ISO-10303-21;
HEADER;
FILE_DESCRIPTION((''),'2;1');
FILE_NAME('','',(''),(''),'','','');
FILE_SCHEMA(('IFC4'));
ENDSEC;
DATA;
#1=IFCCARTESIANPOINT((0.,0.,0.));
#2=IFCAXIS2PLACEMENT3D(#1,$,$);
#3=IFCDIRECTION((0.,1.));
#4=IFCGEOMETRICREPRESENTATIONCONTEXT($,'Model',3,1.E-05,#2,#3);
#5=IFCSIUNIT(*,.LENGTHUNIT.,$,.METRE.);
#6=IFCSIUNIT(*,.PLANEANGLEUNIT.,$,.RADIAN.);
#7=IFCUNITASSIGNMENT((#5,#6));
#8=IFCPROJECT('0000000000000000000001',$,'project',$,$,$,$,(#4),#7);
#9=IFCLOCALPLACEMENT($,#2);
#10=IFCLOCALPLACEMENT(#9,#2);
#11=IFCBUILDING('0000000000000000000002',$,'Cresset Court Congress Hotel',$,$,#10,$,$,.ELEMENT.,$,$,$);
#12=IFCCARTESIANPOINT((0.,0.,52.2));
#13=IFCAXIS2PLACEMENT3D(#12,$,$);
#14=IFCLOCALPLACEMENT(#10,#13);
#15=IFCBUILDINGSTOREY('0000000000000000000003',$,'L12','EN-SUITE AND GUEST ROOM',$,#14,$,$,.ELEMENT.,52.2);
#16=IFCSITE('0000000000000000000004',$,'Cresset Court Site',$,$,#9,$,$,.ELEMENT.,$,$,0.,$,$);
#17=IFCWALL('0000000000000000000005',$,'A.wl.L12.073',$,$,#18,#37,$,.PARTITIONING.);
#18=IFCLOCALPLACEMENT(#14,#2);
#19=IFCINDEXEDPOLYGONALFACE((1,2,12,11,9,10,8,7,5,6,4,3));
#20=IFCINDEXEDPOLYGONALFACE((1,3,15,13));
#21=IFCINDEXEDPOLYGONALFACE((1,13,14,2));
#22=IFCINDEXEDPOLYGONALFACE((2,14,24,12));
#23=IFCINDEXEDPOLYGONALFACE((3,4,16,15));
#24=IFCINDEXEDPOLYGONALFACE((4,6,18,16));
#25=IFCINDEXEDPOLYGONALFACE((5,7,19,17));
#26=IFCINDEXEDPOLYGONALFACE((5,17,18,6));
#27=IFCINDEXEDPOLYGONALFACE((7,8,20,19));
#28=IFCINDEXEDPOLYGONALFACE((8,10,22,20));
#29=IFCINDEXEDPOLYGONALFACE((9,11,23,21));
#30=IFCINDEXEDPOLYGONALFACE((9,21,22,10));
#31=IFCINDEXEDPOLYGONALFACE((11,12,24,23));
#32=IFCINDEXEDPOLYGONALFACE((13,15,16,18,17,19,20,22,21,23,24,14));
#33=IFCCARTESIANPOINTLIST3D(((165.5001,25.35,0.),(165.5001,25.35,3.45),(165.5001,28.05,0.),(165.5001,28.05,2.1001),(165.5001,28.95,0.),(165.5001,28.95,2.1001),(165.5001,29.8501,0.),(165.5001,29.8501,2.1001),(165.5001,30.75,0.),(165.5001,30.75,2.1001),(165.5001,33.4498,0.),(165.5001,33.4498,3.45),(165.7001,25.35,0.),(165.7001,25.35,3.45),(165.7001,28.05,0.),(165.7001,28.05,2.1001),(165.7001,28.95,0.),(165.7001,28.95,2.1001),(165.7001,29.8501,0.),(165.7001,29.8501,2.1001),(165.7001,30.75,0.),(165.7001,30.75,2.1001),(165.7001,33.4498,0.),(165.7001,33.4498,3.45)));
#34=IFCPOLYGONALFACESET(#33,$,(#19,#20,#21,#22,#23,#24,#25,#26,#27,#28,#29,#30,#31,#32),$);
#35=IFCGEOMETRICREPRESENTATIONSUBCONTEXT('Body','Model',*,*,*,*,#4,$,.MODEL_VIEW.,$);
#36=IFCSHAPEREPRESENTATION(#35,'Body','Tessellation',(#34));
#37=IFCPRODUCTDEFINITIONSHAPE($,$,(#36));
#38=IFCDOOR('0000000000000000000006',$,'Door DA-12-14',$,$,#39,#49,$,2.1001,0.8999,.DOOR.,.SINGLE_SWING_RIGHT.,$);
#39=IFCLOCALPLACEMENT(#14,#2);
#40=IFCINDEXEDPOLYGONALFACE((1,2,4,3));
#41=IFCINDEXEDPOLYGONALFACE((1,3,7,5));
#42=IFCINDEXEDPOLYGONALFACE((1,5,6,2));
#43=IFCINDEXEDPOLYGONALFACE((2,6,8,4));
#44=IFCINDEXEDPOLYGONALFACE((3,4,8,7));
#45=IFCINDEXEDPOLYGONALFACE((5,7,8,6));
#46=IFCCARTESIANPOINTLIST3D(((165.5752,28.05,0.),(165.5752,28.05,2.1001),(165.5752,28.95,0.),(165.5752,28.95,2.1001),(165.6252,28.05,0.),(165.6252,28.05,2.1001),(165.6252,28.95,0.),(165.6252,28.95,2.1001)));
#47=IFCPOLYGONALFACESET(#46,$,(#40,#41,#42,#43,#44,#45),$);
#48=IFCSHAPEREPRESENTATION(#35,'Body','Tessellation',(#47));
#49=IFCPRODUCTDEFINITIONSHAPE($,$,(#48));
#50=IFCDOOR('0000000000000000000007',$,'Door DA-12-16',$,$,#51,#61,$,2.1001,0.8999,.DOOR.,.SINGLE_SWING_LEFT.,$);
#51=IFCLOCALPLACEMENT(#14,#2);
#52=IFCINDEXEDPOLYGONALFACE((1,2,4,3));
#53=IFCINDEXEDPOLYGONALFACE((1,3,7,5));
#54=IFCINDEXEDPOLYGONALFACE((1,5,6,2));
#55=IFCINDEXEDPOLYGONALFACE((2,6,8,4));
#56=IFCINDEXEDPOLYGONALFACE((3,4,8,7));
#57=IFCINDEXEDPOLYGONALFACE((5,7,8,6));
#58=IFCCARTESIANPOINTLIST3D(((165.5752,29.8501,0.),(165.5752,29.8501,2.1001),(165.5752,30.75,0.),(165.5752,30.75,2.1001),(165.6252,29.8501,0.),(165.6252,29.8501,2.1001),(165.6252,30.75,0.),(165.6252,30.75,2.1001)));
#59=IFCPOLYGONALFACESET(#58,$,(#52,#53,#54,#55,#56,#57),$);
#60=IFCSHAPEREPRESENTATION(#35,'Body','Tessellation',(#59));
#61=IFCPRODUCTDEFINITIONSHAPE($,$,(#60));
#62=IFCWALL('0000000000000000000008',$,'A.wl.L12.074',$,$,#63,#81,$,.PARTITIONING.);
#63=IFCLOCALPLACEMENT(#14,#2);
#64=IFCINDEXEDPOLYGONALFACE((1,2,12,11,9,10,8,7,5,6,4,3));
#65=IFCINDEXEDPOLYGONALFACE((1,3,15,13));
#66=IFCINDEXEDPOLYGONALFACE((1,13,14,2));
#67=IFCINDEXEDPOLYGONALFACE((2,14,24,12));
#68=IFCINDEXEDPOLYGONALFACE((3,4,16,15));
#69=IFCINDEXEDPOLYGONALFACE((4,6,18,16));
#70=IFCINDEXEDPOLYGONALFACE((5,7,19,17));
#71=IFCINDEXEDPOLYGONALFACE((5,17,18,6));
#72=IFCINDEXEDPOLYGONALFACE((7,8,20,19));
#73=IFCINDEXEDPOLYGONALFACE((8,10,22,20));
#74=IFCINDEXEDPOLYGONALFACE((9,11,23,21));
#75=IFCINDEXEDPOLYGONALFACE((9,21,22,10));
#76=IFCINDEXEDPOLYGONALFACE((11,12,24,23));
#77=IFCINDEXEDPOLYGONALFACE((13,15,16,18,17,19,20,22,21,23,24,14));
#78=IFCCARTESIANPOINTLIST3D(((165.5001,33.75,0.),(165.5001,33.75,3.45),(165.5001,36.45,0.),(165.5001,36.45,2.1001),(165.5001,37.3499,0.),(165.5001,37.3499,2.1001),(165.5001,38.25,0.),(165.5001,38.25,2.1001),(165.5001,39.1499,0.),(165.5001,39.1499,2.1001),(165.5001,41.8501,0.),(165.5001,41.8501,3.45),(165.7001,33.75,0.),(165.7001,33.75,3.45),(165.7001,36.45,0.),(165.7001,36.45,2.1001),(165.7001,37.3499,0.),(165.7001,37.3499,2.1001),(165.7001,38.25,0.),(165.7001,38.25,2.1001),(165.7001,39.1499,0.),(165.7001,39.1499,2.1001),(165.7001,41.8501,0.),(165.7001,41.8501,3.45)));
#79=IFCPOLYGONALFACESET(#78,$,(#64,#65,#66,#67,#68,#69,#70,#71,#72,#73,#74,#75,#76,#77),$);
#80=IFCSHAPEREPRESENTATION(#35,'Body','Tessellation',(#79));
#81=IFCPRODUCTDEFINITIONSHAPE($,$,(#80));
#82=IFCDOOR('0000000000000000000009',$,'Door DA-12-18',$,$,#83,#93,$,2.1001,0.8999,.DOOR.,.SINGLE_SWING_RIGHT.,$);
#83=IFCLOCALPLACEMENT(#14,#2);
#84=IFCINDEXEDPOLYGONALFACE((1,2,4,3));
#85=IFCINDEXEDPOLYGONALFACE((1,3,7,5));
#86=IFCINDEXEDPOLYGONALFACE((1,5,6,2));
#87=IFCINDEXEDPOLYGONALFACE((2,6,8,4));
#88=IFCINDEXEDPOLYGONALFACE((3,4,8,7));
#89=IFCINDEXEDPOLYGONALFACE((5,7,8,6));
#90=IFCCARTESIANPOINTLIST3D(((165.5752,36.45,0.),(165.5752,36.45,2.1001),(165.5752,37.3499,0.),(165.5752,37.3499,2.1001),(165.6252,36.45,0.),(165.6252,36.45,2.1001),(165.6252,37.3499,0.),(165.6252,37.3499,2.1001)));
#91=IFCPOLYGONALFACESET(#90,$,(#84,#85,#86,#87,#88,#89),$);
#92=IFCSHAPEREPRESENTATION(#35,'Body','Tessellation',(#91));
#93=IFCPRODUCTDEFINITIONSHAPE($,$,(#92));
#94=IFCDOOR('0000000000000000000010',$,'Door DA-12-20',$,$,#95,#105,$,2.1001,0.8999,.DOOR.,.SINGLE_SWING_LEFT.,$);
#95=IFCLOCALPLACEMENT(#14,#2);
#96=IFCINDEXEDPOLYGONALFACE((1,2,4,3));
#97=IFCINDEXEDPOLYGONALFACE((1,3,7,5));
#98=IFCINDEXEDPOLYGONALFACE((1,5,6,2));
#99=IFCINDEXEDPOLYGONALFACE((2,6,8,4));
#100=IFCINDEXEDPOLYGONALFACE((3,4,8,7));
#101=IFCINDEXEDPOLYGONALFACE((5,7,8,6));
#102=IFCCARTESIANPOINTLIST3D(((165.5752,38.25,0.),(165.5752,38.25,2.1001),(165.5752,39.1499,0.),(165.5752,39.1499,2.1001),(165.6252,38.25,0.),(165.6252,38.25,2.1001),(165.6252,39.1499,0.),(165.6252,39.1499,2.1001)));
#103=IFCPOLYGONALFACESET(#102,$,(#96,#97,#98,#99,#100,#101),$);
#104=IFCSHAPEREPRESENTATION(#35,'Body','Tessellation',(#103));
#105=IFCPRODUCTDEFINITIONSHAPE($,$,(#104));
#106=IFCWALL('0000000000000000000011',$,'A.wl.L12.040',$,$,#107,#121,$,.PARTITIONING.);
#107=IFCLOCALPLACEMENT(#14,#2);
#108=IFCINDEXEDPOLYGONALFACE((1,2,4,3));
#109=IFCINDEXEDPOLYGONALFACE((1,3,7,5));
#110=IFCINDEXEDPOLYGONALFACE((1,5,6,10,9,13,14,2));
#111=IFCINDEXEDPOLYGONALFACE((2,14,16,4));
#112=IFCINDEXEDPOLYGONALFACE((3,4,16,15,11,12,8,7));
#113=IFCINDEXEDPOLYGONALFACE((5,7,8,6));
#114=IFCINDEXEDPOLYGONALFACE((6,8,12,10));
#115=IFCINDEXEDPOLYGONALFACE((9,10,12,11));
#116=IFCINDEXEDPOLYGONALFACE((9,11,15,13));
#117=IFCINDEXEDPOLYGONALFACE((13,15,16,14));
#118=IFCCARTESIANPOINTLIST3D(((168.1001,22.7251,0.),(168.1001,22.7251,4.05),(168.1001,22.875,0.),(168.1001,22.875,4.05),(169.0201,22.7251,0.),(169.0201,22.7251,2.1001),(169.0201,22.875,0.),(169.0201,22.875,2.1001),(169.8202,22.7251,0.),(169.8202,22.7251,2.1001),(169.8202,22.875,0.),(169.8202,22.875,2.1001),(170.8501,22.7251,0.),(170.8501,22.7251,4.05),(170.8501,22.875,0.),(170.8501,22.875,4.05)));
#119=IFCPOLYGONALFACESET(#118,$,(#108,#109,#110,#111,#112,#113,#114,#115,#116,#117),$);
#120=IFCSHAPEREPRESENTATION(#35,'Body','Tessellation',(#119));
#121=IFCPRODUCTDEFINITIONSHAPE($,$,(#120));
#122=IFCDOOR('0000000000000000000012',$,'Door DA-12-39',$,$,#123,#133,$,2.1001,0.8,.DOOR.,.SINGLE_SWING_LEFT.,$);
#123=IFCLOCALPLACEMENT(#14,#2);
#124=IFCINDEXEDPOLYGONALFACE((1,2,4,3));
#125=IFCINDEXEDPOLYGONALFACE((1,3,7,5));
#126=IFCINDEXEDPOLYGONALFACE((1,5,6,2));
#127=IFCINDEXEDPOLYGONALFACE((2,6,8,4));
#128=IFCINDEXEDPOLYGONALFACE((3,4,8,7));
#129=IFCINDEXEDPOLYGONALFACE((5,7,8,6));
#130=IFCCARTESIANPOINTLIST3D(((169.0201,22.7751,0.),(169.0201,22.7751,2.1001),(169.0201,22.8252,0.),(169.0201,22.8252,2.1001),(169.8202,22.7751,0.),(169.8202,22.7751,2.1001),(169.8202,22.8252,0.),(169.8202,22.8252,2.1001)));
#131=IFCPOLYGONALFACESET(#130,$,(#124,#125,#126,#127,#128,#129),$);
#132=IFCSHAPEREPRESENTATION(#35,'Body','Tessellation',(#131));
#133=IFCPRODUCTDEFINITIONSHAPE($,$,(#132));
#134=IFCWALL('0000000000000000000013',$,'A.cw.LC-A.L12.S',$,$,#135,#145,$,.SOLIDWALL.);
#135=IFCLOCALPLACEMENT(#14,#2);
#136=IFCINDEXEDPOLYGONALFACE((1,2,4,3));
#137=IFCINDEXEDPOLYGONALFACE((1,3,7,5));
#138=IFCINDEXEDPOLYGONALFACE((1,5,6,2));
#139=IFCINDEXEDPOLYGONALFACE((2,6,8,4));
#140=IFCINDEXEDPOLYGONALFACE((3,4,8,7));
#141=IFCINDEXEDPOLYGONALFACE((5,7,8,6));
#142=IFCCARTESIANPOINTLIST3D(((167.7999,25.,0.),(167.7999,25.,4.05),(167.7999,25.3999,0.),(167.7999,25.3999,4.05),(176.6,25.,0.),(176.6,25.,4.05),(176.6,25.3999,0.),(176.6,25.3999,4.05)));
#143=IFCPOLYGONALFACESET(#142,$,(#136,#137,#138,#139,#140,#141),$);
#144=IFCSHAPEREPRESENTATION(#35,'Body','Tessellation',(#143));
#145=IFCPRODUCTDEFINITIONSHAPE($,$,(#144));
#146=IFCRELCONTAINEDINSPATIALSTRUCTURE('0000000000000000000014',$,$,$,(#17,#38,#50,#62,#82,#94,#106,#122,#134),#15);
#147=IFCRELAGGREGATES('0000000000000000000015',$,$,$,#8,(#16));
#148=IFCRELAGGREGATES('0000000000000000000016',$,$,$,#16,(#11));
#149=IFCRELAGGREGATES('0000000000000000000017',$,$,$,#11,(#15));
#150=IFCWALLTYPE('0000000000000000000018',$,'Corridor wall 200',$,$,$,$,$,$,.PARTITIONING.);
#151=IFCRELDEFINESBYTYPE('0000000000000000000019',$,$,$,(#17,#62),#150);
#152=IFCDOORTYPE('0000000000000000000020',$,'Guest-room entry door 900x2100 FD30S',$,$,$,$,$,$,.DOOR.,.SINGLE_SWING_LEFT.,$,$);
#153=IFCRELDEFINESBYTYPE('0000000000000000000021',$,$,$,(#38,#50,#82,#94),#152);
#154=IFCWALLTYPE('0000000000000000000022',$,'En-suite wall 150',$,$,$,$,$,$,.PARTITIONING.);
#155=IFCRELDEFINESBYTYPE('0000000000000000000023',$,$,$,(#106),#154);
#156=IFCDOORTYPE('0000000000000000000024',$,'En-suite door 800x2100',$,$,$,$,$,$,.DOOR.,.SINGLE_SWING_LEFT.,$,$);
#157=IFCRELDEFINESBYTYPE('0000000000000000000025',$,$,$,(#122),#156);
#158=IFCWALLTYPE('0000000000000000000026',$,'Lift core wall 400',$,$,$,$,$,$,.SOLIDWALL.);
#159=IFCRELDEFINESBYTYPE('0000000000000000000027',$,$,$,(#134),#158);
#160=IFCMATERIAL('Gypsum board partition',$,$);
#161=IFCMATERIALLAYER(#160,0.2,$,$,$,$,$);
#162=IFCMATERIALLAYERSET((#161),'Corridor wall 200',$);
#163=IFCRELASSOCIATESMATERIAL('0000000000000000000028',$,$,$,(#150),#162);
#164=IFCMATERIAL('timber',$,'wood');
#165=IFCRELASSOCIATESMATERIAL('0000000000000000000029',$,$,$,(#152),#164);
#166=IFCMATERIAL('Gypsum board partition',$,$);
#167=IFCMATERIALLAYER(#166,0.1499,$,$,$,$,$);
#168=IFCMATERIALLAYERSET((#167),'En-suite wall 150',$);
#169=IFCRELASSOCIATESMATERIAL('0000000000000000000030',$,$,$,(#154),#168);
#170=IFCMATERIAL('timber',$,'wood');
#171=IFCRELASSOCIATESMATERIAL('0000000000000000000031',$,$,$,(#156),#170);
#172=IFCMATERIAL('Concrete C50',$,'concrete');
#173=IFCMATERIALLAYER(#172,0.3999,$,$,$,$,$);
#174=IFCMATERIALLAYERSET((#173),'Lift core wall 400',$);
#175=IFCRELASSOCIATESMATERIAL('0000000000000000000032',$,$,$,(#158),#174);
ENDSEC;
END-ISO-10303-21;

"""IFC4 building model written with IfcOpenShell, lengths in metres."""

from ifc_helpers import new_model, si_unit, direction, frame, frame_2d, origin, place, context, subcontext, project, spatial, rectangle, extrude, material, layer, layer_set, type_object, element, fill, save


model = new_model("IFC4")

# Units and contexts
model_context = context("Model", 3, precision=1e-05, world=origin(), true_north=direction((0.0, 1.0)))
body_context = subcontext(model_context, "Body", "Model", "MODEL_VIEW")
ifc_project = project(units=[si_unit("LENGTHUNIT", "METRE"), si_unit("PLANEANGLEUNIT", "RADIAN")], contexts=[model_context])

# Site, building, storey
site_placement = place(None, origin())
site = spatial("IfcSite", under=ifc_project, at=site_placement, Name="Cresset Court Site", CompositionType="ELEMENT", RefElevation=0.0)
building_placement = place(site_placement, origin())
building = spatial("IfcBuilding", under=site, at=building_placement, Name="Cresset Court Congress Hotel", CompositionType="ELEMENT")
storey_placement = place(building_placement, frame((0.0, 0.0, 52.2)))
storey = spatial("IfcBuildingStorey", under=building, at=storey_placement, Name="L12", Description="EN-SUITE AND GUEST ROOM", CompositionType="ELEMENT", Elevation=52.2)

# Walls, openings, doors
ifc_material_1 = material(Name="Gypsum board partition")
ifc_layer_1 = layer(ifc_material_1, 0.2)
ifc_layer_set_1 = layer_set([ifc_layer_1], Name="Corridor wall 200")
wall_type_1 = type_object("IfcWallType", Name="Corridor wall 200", PredefinedType="PARTITIONING", material=ifc_layer_set_1)
wall_1_placement = place(storey_placement, frame((165.6001, 25.3501, 0.0), z_axis=(0.0, 0.0, 1.0), x_axis=(0.0, 1.0, 0.0)))
wall_1 = element("IfcWall", 1, at=wall_1_placement, inside=storey, type_object=wall_type_1, Name="A.wl.L12.073", PredefinedType="PARTITIONING", context=body_context, shape_type="SweptSolid", body=[
    extrude(rectangle(XDim=8.0999, YDim=0.2, at=frame_2d((4.0498, 0.0))), origin(), (0.0, 0.0, 1.0), 3.45),
])
opening_1_placement = place(wall_1_placement, frame((2.7, 0.0, 0.0)))
opening_1 = element("IfcOpeningElement", 2, at=opening_1_placement, cuts=wall_1, PredefinedType="OPENING", context=body_context, shape_type="SweptSolid", body=[
    extrude(rectangle(XDim=0.8999, YDim=2.1001, at=frame_2d((0.45, 1.05))), frame((0.0, 0.1099, 0.0), z_axis=(0.0, -1.0, 0.0), x_axis=(1.0, 0.0, 0.0)), (0.0, 0.0, 1.0), 0.22),
])
opening_2_placement = place(wall_1_placement, frame((4.5, 0.0, 0.0)))
opening_2 = element("IfcOpeningElement", 3, at=opening_2_placement, cuts=wall_1, PredefinedType="OPENING", context=body_context, shape_type="SweptSolid", body=[
    extrude(rectangle(XDim=0.8999, YDim=2.1001, at=frame_2d((0.45, 1.05))), frame((0.0, 0.1099, 0.0), z_axis=(0.0, -1.0, 0.0), x_axis=(1.0, 0.0, 0.0)), (0.0, 0.0, 1.0), 0.22),
])
ifc_material_2 = material(Name="timber", Category="wood")
door_type_1 = type_object("IfcDoorType", Name="Guest-room entry door 900x2100 FD30S", OperationType="SINGLE_SWING_LEFT", PredefinedType="DOOR", material=ifc_material_2)
door_1_placement = place(opening_1_placement, origin())
door_1 = element("IfcDoor", 4, at=door_1_placement, inside=storey, type_object=door_type_1, Name="Door DA-12-14", OperationType="SINGLE_SWING_RIGHT", OverallHeight=2.1001, OverallWidth=0.8999, PredefinedType="DOOR", context=body_context, shape_type="SweptSolid", body=[
    extrude(rectangle(XDim=0.8999, YDim=2.1001, at=frame_2d((0.45, 1.05))), frame((0.0, 0.0249, 0.0), z_axis=(0.0, -1.0, 0.0), x_axis=(1.0, 0.0, 0.0)), (0.0, 0.0, 1.0), 0.05),
])
fill(opening_1, door_1)
door_2_placement = place(opening_2_placement, origin())
door_2 = element("IfcDoor", 5, at=door_2_placement, inside=storey, type_object=door_type_1, Name="Door DA-12-16", OperationType="SINGLE_SWING_LEFT", OverallHeight=2.1001, OverallWidth=0.8999, PredefinedType="DOOR", context=body_context, shape_type="SweptSolid", body=[
    extrude(rectangle(XDim=0.8999, YDim=2.1001, at=frame_2d((0.45, 1.05))), frame((0.0, 0.0249, 0.0), z_axis=(0.0, -1.0, 0.0), x_axis=(1.0, 0.0, 0.0)), (0.0, 0.0, 1.0), 0.05),
])
fill(opening_2, door_2)
wall_2_placement = place(storey_placement, frame((165.6001, 33.75, 0.0), z_axis=(0.0, 0.0, 1.0), x_axis=(0.0, 1.0, 0.0)))
wall_2 = element("IfcWall", 6, at=wall_2_placement, inside=storey, type_object=wall_type_1, Name="A.wl.L12.074", PredefinedType="PARTITIONING", context=body_context, shape_type="SweptSolid", body=[
    extrude(rectangle(XDim=8.1001, YDim=0.2, at=frame_2d((4.05, 0.0))), origin(), (0.0, 0.0, 1.0), 3.45),
])
opening_3_placement = place(wall_2_placement, frame((2.7, 0.0, 0.0)))
opening_3 = element("IfcOpeningElement", 7, at=opening_3_placement, cuts=wall_2, PredefinedType="OPENING", context=body_context, shape_type="SweptSolid", body=[
    extrude(rectangle(XDim=0.8999, YDim=2.1001, at=frame_2d((0.45, 1.05))), frame((0.0, 0.1099, 0.0), z_axis=(0.0, -1.0, 0.0), x_axis=(1.0, 0.0, 0.0)), (0.0, 0.0, 1.0), 0.22),
])
opening_4_placement = place(wall_2_placement, frame((4.5, 0.0, 0.0)))
opening_4 = element("IfcOpeningElement", 8, at=opening_4_placement, cuts=wall_2, PredefinedType="OPENING", context=body_context, shape_type="SweptSolid", body=[
    extrude(rectangle(XDim=0.8999, YDim=2.1001, at=frame_2d((0.45, 1.05))), frame((0.0, 0.1099, 0.0), z_axis=(0.0, -1.0, 0.0), x_axis=(1.0, 0.0, 0.0)), (0.0, 0.0, 1.0), 0.22),
])
door_3_placement = place(opening_3_placement, origin())
door_3 = element("IfcDoor", 9, at=door_3_placement, inside=storey, type_object=door_type_1, Name="Door DA-12-18", OperationType="SINGLE_SWING_RIGHT", OverallHeight=2.1001, OverallWidth=0.8999, PredefinedType="DOOR", context=body_context, shape_type="SweptSolid", body=[
    extrude(rectangle(XDim=0.8999, YDim=2.1001, at=frame_2d((0.45, 1.05))), frame((0.0, 0.0249, 0.0), z_axis=(0.0, -1.0, 0.0), x_axis=(1.0, 0.0, 0.0)), (0.0, 0.0, 1.0), 0.05),
])
fill(opening_3, door_3)
door_4_placement = place(opening_4_placement, origin())
door_4 = element("IfcDoor", 10, at=door_4_placement, inside=storey, type_object=door_type_1, Name="Door DA-12-20", OperationType="SINGLE_SWING_LEFT", OverallHeight=2.1001, OverallWidth=0.8999, PredefinedType="DOOR", context=body_context, shape_type="SweptSolid", body=[
    extrude(rectangle(XDim=0.8999, YDim=2.1001, at=frame_2d((0.45, 1.05))), frame((0.0, 0.0249, 0.0), z_axis=(0.0, -1.0, 0.0), x_axis=(1.0, 0.0, 0.0)), (0.0, 0.0, 1.0), 0.05),
])
fill(opening_4, door_4)

# Wall, opening, door
ifc_material_3 = material(Name="Gypsum board partition")
ifc_layer_2 = layer(ifc_material_3, 0.1499)
ifc_layer_set_2 = layer_set([ifc_layer_2], Name="En-suite wall 150")
wall_type_2 = type_object("IfcWallType", Name="En-suite wall 150", PredefinedType="PARTITIONING", material=ifc_layer_set_2)
wall_3_placement = place(storey_placement, frame((170.8501, 22.8, 0.0), z_axis=(0.0, 0.0, 1.0), x_axis=(-1.0, 0.0, 0.0)))
wall_3 = element("IfcWall", 11, at=wall_3_placement, inside=storey, type_object=wall_type_2, Name="A.wl.L12.040", PredefinedType="PARTITIONING", context=body_context, shape_type="SweptSolid", body=[
    extrude(rectangle(XDim=2.75, YDim=0.1499, at=frame_2d((1.375, 0.0))), origin(), (0.0, 0.0, 1.0), 4.05),
])
opening_5_placement = place(wall_3_placement, frame((1.03, 0.0, 0.0)))
opening_5 = element("IfcOpeningElement", 12, at=opening_5_placement, cuts=wall_3, PredefinedType="OPENING", context=body_context, shape_type="SweptSolid", body=[
    extrude(rectangle(XDim=0.8, YDim=2.1001, at=frame_2d((0.3999, 1.05))), frame((0.0, 0.085, 0.0), z_axis=(0.0, -1.0, 0.0), x_axis=(1.0, 0.0, 0.0)), (0.0, 0.0, 1.0), 0.1699),
])
ifc_material_4 = material(Name="timber", Category="wood")
door_type_2 = type_object("IfcDoorType", Name="En-suite door 800x2100", OperationType="SINGLE_SWING_LEFT", PredefinedType="DOOR", material=ifc_material_4)
door_5_placement = place(opening_5_placement, origin())
door_5 = element("IfcDoor", 13, at=door_5_placement, inside=storey, type_object=door_type_2, Name="Door DA-12-39", OperationType="SINGLE_SWING_LEFT", OverallHeight=2.1001, OverallWidth=0.8, PredefinedType="DOOR", context=body_context, shape_type="SweptSolid", body=[
    extrude(rectangle(XDim=0.8, YDim=2.1001, at=frame_2d((0.3999, 1.05))), frame((0.0, 0.0249, 0.0), z_axis=(0.0, -1.0, 0.0), x_axis=(1.0, 0.0, 0.0)), (0.0, 0.0, 1.0), 0.05),
])
fill(opening_5, door_5)

# Wall
ifc_material_5 = material(Name="Concrete C50", Category="concrete")
ifc_layer_3 = layer(ifc_material_5, 0.3999)
ifc_layer_set_3 = layer_set([ifc_layer_3], Name="Lift core wall 400")
wall_type_3 = type_object("IfcWallType", Name="Lift core wall 400", PredefinedType="SOLIDWALL", material=ifc_layer_set_3)
wall_4_placement = place(storey_placement, frame((167.8, 25.2, 0.0), z_axis=(0.0, 0.0, 1.0), x_axis=(1.0, 0.0, 0.0)))
element("IfcWall", 14, at=wall_4_placement, inside=storey, type_object=wall_type_3, Name="A.cw.LC-A.L12.S", PredefinedType="SOLIDWALL", context=body_context, shape_type="SweptSolid", body=[
    extrude(rectangle(XDim=8.8, YDim=0.3999, at=frame_2d((4.3999, 0.0))), origin(), (0.0, 0.0, 1.0), 4.05),
])

save(model, "model.ifc")
